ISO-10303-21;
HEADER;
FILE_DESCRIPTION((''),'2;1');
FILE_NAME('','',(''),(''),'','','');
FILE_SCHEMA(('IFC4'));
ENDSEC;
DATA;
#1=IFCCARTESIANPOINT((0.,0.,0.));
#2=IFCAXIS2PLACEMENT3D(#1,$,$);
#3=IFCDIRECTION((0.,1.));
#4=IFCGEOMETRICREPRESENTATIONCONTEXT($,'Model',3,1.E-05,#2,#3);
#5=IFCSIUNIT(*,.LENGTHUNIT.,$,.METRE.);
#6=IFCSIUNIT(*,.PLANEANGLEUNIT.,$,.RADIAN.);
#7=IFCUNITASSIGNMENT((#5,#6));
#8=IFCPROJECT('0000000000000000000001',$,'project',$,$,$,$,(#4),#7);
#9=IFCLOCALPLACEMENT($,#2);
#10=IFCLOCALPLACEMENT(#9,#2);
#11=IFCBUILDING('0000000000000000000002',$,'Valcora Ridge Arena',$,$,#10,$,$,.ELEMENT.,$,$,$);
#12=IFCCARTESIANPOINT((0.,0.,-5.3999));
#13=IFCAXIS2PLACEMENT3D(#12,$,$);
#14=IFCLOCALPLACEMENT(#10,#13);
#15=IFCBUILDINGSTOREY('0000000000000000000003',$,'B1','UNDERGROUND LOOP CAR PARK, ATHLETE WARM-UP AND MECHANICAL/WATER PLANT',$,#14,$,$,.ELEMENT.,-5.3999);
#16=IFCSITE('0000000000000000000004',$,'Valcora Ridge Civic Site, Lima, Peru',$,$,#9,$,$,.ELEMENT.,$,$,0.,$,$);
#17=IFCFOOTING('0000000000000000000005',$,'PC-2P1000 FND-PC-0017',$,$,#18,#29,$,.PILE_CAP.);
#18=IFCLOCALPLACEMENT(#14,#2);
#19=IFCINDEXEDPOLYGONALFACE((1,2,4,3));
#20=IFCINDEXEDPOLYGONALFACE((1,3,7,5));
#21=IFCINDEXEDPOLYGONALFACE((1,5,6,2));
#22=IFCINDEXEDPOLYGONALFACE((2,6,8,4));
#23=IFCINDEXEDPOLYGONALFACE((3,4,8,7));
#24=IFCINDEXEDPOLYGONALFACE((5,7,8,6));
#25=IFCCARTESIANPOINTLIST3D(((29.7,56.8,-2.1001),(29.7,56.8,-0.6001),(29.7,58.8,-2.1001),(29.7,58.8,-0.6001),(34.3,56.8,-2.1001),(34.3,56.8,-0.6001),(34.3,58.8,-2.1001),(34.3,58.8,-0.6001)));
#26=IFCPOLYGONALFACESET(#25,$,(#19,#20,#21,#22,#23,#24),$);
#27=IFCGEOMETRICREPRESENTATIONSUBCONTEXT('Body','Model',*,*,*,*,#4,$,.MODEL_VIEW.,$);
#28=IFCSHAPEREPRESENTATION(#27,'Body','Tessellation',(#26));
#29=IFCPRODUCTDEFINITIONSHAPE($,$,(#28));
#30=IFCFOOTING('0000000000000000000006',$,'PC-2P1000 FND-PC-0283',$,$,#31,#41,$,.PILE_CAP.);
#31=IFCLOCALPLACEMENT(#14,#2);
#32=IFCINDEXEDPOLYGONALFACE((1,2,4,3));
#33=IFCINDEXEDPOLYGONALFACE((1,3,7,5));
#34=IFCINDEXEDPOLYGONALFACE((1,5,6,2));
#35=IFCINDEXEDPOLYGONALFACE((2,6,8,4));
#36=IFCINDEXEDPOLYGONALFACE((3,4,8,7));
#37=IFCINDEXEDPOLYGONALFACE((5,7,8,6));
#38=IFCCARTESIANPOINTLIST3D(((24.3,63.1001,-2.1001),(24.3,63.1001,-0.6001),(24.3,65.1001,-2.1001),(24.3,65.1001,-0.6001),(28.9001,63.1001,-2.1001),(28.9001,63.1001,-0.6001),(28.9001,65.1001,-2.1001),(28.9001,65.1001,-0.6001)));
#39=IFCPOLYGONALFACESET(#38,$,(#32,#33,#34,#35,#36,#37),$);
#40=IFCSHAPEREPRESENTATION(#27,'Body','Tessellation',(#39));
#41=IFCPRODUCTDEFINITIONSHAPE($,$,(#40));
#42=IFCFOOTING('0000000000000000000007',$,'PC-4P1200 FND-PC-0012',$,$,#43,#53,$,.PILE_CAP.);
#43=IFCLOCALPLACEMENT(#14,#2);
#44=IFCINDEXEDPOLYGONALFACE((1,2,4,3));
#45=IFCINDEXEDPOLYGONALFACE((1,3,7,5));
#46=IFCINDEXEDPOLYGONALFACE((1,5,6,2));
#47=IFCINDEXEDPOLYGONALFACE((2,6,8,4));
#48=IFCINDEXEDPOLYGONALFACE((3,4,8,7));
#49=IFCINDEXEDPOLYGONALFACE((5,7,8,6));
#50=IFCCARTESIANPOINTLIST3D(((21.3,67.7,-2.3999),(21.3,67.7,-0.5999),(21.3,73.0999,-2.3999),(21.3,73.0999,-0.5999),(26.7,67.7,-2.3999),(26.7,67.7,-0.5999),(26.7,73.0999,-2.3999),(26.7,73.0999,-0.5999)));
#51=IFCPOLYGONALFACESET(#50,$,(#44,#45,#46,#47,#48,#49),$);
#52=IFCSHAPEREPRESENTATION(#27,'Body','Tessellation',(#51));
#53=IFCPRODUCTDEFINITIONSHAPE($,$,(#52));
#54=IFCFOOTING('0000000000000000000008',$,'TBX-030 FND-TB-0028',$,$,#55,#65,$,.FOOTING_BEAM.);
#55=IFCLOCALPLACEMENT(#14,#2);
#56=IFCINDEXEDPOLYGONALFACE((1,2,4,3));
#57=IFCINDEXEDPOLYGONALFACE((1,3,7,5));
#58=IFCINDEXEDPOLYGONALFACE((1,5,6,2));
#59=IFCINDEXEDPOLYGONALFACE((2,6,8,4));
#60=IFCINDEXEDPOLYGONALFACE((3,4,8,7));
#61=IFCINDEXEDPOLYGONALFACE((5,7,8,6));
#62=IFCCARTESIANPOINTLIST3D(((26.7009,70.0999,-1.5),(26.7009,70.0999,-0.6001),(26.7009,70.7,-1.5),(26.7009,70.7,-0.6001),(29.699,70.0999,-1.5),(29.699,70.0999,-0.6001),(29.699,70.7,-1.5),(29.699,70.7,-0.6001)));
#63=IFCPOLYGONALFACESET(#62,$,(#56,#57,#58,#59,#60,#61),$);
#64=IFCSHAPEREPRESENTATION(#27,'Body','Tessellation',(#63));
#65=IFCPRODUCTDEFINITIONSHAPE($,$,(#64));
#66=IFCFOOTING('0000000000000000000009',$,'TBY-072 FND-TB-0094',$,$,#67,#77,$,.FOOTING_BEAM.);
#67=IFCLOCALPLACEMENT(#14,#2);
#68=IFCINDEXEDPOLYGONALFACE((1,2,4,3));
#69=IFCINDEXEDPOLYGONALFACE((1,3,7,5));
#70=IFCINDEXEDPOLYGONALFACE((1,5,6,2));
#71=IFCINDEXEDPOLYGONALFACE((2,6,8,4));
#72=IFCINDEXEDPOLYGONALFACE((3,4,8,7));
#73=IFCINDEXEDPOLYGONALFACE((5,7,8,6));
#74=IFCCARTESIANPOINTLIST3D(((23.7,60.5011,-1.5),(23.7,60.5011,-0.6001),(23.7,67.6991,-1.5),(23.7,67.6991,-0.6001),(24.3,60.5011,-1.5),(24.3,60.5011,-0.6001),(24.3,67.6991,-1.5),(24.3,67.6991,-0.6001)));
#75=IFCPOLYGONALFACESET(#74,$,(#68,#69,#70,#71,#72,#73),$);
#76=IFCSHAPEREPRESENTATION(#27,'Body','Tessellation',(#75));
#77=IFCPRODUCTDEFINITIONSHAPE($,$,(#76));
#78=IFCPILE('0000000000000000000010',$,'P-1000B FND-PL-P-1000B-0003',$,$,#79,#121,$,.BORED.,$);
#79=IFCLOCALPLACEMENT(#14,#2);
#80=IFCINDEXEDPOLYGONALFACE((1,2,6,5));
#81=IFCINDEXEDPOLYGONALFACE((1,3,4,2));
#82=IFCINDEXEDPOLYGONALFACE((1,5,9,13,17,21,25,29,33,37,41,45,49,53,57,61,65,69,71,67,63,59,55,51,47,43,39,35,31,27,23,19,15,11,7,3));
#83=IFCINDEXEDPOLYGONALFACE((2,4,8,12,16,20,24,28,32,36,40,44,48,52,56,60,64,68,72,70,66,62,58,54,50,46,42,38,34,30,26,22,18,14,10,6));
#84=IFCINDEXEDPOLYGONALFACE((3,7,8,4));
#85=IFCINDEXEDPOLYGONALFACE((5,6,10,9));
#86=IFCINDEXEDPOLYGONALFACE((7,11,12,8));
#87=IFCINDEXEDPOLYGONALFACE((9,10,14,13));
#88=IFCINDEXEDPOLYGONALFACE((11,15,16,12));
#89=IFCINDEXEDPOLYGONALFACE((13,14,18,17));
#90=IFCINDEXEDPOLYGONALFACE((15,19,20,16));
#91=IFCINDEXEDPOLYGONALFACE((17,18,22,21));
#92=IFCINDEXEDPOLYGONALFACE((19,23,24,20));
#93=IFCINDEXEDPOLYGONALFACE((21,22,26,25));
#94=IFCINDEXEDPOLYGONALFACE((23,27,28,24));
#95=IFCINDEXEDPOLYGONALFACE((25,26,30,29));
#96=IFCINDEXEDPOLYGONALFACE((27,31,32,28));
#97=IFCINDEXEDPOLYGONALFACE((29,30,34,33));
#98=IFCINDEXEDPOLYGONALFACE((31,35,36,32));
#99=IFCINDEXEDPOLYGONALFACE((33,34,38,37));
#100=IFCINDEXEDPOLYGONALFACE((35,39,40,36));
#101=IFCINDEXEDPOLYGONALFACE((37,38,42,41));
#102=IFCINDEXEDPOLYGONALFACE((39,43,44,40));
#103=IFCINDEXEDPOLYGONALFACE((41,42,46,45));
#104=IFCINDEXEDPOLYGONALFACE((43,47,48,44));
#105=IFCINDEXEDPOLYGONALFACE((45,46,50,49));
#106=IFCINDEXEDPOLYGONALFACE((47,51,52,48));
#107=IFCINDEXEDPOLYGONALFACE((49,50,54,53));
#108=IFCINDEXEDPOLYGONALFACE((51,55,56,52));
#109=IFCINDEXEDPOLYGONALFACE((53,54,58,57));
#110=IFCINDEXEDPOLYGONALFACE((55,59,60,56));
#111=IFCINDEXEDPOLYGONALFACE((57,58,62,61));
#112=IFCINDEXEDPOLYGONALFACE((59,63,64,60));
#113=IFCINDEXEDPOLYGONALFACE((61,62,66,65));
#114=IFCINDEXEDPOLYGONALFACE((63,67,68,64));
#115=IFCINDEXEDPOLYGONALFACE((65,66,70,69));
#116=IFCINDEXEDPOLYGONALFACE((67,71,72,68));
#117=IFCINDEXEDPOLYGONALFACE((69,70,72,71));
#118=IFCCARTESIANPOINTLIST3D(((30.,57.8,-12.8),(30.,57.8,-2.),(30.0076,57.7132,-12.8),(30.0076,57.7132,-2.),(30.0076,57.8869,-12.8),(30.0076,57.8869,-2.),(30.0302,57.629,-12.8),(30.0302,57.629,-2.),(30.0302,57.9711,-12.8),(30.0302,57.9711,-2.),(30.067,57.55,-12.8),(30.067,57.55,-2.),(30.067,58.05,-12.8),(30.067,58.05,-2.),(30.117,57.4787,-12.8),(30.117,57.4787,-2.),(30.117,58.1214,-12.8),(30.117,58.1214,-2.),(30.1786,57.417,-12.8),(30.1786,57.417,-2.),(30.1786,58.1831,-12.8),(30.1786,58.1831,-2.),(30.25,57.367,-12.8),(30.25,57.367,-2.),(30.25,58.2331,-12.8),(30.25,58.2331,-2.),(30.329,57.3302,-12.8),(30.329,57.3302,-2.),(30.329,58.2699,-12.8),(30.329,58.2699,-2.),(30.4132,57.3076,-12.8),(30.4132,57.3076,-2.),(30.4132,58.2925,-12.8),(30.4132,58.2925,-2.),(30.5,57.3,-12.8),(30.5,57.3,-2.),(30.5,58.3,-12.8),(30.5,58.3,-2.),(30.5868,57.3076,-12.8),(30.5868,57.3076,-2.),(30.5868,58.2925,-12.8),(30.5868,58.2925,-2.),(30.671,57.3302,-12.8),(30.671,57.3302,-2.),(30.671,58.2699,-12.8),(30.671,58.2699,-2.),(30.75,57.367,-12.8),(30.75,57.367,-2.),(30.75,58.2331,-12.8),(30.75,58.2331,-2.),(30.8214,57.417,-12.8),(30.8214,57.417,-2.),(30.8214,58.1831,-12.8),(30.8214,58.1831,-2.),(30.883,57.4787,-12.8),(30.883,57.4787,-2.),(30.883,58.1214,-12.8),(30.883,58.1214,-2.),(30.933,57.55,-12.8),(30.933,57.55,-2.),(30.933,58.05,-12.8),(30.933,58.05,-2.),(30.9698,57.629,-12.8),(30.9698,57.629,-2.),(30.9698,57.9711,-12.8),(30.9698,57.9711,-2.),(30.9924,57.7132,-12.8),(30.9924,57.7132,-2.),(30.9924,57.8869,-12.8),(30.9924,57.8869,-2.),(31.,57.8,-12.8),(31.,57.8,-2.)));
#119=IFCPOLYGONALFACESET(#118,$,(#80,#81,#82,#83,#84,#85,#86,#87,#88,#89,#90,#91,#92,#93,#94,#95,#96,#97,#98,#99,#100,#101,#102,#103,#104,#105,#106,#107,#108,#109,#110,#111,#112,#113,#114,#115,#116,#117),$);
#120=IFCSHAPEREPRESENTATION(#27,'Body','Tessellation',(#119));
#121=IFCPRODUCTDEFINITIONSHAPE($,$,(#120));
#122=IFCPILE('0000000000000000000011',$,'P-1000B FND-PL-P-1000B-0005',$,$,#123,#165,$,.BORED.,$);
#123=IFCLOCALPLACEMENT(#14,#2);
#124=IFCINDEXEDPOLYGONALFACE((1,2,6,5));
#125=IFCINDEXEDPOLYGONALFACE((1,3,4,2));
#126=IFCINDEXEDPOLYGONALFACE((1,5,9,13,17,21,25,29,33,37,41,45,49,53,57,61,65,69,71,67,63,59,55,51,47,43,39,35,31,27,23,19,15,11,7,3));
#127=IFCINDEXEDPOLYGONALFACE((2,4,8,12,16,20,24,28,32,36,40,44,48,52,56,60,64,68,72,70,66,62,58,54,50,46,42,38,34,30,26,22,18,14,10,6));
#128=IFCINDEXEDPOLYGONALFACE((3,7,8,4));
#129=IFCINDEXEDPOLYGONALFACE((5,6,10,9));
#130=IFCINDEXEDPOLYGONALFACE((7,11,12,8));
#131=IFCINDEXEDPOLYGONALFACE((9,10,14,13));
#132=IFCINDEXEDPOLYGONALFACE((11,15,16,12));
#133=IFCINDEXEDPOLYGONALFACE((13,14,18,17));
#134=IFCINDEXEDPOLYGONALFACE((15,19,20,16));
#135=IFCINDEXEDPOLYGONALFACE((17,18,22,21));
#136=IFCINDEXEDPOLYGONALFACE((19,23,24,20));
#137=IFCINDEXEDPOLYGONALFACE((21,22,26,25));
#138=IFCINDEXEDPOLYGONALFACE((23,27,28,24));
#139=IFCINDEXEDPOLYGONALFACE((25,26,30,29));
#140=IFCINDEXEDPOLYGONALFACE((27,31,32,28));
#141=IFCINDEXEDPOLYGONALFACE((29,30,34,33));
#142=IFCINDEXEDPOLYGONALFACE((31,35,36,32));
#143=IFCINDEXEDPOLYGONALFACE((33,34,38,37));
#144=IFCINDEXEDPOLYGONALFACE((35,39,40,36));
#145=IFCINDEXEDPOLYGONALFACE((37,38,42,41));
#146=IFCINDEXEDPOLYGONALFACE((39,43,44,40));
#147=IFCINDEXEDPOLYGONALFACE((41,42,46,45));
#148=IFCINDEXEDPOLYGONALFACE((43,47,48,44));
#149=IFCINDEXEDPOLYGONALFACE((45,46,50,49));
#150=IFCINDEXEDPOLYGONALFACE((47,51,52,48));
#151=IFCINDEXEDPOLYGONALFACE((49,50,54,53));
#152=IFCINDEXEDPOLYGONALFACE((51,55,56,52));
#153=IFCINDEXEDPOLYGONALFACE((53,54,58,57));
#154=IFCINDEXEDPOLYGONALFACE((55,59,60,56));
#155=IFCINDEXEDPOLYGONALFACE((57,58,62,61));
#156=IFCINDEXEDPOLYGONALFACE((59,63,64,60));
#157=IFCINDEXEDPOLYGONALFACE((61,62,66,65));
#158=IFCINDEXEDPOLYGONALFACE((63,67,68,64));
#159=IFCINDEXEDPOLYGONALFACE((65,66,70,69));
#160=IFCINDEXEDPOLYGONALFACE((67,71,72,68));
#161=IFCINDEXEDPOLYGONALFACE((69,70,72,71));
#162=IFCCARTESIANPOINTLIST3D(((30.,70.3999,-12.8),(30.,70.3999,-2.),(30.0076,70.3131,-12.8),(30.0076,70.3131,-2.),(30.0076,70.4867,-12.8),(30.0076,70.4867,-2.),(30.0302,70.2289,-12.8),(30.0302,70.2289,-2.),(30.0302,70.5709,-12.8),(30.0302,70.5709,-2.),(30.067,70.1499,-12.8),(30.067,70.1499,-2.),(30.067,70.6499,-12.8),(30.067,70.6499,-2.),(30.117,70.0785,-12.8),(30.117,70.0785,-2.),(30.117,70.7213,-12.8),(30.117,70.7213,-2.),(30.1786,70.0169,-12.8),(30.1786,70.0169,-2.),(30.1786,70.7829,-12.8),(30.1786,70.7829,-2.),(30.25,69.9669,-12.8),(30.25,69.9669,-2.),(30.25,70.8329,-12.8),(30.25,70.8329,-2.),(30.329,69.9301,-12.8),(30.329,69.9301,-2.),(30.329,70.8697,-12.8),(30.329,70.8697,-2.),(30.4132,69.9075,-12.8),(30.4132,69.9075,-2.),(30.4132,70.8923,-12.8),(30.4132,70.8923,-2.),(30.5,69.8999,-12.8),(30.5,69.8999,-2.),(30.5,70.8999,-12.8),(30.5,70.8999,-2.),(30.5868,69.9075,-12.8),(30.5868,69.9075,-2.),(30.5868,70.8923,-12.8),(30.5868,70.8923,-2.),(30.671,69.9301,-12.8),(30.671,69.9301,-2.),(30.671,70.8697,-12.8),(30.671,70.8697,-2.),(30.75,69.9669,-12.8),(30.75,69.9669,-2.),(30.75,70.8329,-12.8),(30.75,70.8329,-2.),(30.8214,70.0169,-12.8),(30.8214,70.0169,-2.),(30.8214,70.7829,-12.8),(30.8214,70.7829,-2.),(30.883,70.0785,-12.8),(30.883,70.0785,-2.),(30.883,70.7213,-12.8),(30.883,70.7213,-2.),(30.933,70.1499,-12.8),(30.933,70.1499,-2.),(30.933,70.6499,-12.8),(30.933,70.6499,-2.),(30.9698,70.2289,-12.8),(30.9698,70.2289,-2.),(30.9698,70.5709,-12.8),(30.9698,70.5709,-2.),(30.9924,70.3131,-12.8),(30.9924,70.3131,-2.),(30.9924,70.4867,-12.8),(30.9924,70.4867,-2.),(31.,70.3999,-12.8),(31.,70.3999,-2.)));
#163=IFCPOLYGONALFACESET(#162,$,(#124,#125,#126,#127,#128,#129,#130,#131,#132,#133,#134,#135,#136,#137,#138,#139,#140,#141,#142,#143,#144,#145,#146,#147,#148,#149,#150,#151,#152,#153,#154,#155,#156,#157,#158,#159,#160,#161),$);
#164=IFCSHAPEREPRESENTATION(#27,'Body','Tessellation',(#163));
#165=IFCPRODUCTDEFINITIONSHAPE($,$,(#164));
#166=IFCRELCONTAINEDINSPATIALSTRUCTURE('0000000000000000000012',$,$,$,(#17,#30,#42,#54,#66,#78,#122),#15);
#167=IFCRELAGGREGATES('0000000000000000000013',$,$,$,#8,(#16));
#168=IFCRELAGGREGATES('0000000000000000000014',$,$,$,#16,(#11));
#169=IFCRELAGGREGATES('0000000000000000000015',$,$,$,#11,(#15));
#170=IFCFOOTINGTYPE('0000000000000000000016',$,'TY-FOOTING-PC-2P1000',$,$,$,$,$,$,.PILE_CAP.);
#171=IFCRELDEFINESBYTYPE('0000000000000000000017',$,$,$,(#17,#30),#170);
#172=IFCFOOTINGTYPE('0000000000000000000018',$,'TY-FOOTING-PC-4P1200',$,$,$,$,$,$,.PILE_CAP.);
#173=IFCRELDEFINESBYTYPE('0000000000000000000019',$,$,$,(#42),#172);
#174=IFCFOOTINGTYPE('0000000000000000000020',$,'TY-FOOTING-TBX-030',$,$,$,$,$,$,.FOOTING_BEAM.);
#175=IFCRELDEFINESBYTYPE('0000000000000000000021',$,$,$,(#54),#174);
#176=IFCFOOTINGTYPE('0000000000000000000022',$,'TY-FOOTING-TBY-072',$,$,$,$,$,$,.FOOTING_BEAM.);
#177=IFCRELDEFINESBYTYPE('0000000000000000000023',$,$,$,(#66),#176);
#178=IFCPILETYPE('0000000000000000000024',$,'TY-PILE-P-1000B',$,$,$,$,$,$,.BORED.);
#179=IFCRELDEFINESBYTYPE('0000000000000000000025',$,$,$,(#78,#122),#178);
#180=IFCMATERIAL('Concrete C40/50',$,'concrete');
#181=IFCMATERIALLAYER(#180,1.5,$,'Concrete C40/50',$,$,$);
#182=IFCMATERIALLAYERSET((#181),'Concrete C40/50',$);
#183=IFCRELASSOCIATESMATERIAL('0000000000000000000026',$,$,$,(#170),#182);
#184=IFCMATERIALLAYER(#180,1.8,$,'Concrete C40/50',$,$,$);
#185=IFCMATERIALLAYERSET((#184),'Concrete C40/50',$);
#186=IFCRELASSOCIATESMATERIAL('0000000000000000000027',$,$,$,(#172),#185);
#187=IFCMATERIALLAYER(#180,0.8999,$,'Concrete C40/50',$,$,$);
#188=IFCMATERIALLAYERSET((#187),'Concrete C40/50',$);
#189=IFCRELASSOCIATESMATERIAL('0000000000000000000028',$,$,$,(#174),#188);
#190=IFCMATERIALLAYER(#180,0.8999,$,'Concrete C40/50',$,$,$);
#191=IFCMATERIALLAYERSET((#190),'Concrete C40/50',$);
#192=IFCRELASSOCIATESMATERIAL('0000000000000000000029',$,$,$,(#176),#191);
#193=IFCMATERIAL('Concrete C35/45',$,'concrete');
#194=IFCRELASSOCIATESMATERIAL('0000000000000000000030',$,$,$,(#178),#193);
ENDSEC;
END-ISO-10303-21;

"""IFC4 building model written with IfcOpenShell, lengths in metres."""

from ifc_helpers import new_model, si_unit, direction, frame, origin, origin_2d, place, context, subcontext, project, spatial, rectangle, circle, extrude, material, layer, layer_set, material_profile, profile_set, type_object, element, save


model = new_model("IFC4")

# Units and contexts
model_context = context("Model", 3, precision=1e-05, world=origin(), true_north=direction((0.0, 1.0)))
body_context = subcontext(model_context, "Body", "Model", "MODEL_VIEW")
ifc_project = project(units=[si_unit("LENGTHUNIT", "METRE"), si_unit("PLANEANGLEUNIT", "RADIAN")], contexts=[model_context])

# Site, building, storey
site_placement = place(None, origin())
site = spatial("IfcSite", under=ifc_project, at=site_placement, Name="Valcora Ridge Civic Site, Lima, Peru", CompositionType="ELEMENT", RefElevation=0.0)
building_placement = place(site_placement, origin())
building = spatial("IfcBuilding", under=site, at=building_placement, Name="Valcora Ridge Arena", CompositionType="ELEMENT")
storey_placement = place(building_placement, frame((0.0, 0.0, -5.3999)))
storey = spatial("IfcBuildingStorey", under=building, at=storey_placement, Name="B1", Description="UNDERGROUND LOOP CAR PARK, ATHLETE WARM-UP AND MECHANICAL/WATER PLANT", CompositionType="ELEMENT", Elevation=-5.3999)

# Footings
ifc_material_1 = material(Name="Concrete C40/50", Category="concrete")
ifc_layer_1 = layer(ifc_material_1, 1.5, Name="Concrete C40/50")
ifc_layer_set_1 = layer_set([ifc_layer_1], Name="Concrete C40/50")
footing_type_1 = type_object("IfcFootingType", Name="TY-FOOTING-PC-2P1000", PredefinedType="PILE_CAP", material=ifc_layer_set_1)
for number, where, z_axis, x_axis, name in (
    (1, (32.0, 57.8, -2.1001), (0.0, 0.0, 1.0), (1.0, 0.0, 0.0), "PC-2P1000 FND-PC-0017"),
    (2, (26.6001, 64.1001, -2.1001), (0.0, 0.0, 1.0), (1.0, 0.0, 0.0), "PC-2P1000 FND-PC-0283"),
):
    element("IfcFooting", number, at=place(storey_placement, frame(where, z_axis=z_axis, x_axis=x_axis)), inside=storey, type_object=footing_type_1, Name=name, PredefinedType="PILE_CAP", context=body_context, shape_type="SweptSolid", body=[
        extrude(rectangle(XDim=4.6001, YDim=2.0, at=origin_2d()), origin(), (0.0, 0.0, 1.0), 1.5),
    ])
ifc_layer_2 = layer(ifc_material_1, 1.8, Name="Concrete C40/50")
ifc_layer_set_2 = layer_set([ifc_layer_2], Name="Concrete C40/50")
footing_type_2 = type_object("IfcFootingType", Name="TY-FOOTING-PC-4P1200", PredefinedType="PILE_CAP", material=ifc_layer_set_2)
footing_1_placement = place(storey_placement, frame((24.0, 70.3999, -2.3999), z_axis=(0.0, 0.0, 1.0), x_axis=(1.0, 0.0, 0.0)))
element("IfcFooting", 3, at=footing_1_placement, inside=storey, type_object=footing_type_2, Name="PC-4P1200 FND-PC-0012", PredefinedType="PILE_CAP", context=body_context, shape_type="SweptSolid", body=[
    extrude(rectangle(XDim=5.3999, YDim=5.3999, at=origin_2d()), origin(), (0.0, 0.0, 1.0), 1.8),
])
ifc_layer_3 = layer(ifc_material_1, 0.8999, Name="Concrete C40/50")
ifc_layer_set_3 = layer_set([ifc_layer_3], Name="Concrete C40/50")
footing_type_3 = type_object("IfcFootingType", Name="TY-FOOTING-TBX-030", PredefinedType="FOOTING_BEAM", material=ifc_layer_set_3)
footing_2_placement = place(storey_placement, frame((28.2, 70.3999, -1.5), z_axis=(0.0, 0.0, 1.0), x_axis=(1.0, 0.0, 0.0)))
element("IfcFooting", 4, at=footing_2_placement, inside=storey, type_object=footing_type_3, Name="TBX-030 FND-TB-0028", PredefinedType="FOOTING_BEAM", context=body_context, shape_type="SweptSolid", body=[
    extrude(rectangle(XDim=2.998, YDim=0.6001, at=origin_2d()), origin(), (0.0, 0.0, 1.0), 0.8999),
])
ifc_layer_4 = layer(ifc_material_1, 0.8999, Name="Concrete C40/50")
ifc_layer_set_4 = layer_set([ifc_layer_4], Name="Concrete C40/50")
footing_type_4 = type_object("IfcFootingType", Name="TY-FOOTING-TBY-072", PredefinedType="FOOTING_BEAM", material=ifc_layer_set_4)
footing_3_placement = place(storey_placement, frame((24.0, 64.1001, -1.5), z_axis=(0.0, 0.0, 1.0), x_axis=(1.0, 0.0, 0.0)))
element("IfcFooting", 5, at=footing_3_placement, inside=storey, type_object=footing_type_4, Name="TBY-072 FND-TB-0094", PredefinedType="FOOTING_BEAM", context=body_context, shape_type="SweptSolid", body=[
    extrude(rectangle(XDim=0.6001, YDim=7.198, at=origin_2d()), origin(), (0.0, 0.0, 1.0), 0.8999),
])

# Piles
ifc_material_2 = material(Name="Concrete C35/45", Category="concrete")
ifc_material_profile_1 = material_profile(ifc_material_2, circle(Radius=0.5, at=origin_2d()), Name="BORED PILE D1000")
ifc_profile_set_1 = profile_set([ifc_material_profile_1], Name="Concrete C35/45")
pile_type_1 = type_object("IfcPileType", Name="TY-PILE-P-1000B", PredefinedType="BORED", material=ifc_profile_set_1)
for number, where, z_axis, x_axis, name in (
    (6, (30.5, 57.8, -2.0), (0.0, 0.0, -1.0), (1.0, 0.0, 0.0), "P-1000B FND-PL-P-1000B-0003"),
    (7, (30.5, 70.3999, -2.0), (0.0, 0.0, -1.0), (1.0, 0.0, 0.0), "P-1000B FND-PL-P-1000B-0005"),
):
    element("IfcPile", number, at=place(storey_placement, frame(where, z_axis=z_axis, x_axis=x_axis)), inside=storey, type_object=pile_type_1, Name=name, PredefinedType="BORED", context=body_context, shape_type="SweptSolid", body=[
        extrude(circle(Radius=0.5, at=origin_2d()), origin(), (0.0, 0.0, 1.0), 10.8),
    ])

save(model, "model.ifc")
